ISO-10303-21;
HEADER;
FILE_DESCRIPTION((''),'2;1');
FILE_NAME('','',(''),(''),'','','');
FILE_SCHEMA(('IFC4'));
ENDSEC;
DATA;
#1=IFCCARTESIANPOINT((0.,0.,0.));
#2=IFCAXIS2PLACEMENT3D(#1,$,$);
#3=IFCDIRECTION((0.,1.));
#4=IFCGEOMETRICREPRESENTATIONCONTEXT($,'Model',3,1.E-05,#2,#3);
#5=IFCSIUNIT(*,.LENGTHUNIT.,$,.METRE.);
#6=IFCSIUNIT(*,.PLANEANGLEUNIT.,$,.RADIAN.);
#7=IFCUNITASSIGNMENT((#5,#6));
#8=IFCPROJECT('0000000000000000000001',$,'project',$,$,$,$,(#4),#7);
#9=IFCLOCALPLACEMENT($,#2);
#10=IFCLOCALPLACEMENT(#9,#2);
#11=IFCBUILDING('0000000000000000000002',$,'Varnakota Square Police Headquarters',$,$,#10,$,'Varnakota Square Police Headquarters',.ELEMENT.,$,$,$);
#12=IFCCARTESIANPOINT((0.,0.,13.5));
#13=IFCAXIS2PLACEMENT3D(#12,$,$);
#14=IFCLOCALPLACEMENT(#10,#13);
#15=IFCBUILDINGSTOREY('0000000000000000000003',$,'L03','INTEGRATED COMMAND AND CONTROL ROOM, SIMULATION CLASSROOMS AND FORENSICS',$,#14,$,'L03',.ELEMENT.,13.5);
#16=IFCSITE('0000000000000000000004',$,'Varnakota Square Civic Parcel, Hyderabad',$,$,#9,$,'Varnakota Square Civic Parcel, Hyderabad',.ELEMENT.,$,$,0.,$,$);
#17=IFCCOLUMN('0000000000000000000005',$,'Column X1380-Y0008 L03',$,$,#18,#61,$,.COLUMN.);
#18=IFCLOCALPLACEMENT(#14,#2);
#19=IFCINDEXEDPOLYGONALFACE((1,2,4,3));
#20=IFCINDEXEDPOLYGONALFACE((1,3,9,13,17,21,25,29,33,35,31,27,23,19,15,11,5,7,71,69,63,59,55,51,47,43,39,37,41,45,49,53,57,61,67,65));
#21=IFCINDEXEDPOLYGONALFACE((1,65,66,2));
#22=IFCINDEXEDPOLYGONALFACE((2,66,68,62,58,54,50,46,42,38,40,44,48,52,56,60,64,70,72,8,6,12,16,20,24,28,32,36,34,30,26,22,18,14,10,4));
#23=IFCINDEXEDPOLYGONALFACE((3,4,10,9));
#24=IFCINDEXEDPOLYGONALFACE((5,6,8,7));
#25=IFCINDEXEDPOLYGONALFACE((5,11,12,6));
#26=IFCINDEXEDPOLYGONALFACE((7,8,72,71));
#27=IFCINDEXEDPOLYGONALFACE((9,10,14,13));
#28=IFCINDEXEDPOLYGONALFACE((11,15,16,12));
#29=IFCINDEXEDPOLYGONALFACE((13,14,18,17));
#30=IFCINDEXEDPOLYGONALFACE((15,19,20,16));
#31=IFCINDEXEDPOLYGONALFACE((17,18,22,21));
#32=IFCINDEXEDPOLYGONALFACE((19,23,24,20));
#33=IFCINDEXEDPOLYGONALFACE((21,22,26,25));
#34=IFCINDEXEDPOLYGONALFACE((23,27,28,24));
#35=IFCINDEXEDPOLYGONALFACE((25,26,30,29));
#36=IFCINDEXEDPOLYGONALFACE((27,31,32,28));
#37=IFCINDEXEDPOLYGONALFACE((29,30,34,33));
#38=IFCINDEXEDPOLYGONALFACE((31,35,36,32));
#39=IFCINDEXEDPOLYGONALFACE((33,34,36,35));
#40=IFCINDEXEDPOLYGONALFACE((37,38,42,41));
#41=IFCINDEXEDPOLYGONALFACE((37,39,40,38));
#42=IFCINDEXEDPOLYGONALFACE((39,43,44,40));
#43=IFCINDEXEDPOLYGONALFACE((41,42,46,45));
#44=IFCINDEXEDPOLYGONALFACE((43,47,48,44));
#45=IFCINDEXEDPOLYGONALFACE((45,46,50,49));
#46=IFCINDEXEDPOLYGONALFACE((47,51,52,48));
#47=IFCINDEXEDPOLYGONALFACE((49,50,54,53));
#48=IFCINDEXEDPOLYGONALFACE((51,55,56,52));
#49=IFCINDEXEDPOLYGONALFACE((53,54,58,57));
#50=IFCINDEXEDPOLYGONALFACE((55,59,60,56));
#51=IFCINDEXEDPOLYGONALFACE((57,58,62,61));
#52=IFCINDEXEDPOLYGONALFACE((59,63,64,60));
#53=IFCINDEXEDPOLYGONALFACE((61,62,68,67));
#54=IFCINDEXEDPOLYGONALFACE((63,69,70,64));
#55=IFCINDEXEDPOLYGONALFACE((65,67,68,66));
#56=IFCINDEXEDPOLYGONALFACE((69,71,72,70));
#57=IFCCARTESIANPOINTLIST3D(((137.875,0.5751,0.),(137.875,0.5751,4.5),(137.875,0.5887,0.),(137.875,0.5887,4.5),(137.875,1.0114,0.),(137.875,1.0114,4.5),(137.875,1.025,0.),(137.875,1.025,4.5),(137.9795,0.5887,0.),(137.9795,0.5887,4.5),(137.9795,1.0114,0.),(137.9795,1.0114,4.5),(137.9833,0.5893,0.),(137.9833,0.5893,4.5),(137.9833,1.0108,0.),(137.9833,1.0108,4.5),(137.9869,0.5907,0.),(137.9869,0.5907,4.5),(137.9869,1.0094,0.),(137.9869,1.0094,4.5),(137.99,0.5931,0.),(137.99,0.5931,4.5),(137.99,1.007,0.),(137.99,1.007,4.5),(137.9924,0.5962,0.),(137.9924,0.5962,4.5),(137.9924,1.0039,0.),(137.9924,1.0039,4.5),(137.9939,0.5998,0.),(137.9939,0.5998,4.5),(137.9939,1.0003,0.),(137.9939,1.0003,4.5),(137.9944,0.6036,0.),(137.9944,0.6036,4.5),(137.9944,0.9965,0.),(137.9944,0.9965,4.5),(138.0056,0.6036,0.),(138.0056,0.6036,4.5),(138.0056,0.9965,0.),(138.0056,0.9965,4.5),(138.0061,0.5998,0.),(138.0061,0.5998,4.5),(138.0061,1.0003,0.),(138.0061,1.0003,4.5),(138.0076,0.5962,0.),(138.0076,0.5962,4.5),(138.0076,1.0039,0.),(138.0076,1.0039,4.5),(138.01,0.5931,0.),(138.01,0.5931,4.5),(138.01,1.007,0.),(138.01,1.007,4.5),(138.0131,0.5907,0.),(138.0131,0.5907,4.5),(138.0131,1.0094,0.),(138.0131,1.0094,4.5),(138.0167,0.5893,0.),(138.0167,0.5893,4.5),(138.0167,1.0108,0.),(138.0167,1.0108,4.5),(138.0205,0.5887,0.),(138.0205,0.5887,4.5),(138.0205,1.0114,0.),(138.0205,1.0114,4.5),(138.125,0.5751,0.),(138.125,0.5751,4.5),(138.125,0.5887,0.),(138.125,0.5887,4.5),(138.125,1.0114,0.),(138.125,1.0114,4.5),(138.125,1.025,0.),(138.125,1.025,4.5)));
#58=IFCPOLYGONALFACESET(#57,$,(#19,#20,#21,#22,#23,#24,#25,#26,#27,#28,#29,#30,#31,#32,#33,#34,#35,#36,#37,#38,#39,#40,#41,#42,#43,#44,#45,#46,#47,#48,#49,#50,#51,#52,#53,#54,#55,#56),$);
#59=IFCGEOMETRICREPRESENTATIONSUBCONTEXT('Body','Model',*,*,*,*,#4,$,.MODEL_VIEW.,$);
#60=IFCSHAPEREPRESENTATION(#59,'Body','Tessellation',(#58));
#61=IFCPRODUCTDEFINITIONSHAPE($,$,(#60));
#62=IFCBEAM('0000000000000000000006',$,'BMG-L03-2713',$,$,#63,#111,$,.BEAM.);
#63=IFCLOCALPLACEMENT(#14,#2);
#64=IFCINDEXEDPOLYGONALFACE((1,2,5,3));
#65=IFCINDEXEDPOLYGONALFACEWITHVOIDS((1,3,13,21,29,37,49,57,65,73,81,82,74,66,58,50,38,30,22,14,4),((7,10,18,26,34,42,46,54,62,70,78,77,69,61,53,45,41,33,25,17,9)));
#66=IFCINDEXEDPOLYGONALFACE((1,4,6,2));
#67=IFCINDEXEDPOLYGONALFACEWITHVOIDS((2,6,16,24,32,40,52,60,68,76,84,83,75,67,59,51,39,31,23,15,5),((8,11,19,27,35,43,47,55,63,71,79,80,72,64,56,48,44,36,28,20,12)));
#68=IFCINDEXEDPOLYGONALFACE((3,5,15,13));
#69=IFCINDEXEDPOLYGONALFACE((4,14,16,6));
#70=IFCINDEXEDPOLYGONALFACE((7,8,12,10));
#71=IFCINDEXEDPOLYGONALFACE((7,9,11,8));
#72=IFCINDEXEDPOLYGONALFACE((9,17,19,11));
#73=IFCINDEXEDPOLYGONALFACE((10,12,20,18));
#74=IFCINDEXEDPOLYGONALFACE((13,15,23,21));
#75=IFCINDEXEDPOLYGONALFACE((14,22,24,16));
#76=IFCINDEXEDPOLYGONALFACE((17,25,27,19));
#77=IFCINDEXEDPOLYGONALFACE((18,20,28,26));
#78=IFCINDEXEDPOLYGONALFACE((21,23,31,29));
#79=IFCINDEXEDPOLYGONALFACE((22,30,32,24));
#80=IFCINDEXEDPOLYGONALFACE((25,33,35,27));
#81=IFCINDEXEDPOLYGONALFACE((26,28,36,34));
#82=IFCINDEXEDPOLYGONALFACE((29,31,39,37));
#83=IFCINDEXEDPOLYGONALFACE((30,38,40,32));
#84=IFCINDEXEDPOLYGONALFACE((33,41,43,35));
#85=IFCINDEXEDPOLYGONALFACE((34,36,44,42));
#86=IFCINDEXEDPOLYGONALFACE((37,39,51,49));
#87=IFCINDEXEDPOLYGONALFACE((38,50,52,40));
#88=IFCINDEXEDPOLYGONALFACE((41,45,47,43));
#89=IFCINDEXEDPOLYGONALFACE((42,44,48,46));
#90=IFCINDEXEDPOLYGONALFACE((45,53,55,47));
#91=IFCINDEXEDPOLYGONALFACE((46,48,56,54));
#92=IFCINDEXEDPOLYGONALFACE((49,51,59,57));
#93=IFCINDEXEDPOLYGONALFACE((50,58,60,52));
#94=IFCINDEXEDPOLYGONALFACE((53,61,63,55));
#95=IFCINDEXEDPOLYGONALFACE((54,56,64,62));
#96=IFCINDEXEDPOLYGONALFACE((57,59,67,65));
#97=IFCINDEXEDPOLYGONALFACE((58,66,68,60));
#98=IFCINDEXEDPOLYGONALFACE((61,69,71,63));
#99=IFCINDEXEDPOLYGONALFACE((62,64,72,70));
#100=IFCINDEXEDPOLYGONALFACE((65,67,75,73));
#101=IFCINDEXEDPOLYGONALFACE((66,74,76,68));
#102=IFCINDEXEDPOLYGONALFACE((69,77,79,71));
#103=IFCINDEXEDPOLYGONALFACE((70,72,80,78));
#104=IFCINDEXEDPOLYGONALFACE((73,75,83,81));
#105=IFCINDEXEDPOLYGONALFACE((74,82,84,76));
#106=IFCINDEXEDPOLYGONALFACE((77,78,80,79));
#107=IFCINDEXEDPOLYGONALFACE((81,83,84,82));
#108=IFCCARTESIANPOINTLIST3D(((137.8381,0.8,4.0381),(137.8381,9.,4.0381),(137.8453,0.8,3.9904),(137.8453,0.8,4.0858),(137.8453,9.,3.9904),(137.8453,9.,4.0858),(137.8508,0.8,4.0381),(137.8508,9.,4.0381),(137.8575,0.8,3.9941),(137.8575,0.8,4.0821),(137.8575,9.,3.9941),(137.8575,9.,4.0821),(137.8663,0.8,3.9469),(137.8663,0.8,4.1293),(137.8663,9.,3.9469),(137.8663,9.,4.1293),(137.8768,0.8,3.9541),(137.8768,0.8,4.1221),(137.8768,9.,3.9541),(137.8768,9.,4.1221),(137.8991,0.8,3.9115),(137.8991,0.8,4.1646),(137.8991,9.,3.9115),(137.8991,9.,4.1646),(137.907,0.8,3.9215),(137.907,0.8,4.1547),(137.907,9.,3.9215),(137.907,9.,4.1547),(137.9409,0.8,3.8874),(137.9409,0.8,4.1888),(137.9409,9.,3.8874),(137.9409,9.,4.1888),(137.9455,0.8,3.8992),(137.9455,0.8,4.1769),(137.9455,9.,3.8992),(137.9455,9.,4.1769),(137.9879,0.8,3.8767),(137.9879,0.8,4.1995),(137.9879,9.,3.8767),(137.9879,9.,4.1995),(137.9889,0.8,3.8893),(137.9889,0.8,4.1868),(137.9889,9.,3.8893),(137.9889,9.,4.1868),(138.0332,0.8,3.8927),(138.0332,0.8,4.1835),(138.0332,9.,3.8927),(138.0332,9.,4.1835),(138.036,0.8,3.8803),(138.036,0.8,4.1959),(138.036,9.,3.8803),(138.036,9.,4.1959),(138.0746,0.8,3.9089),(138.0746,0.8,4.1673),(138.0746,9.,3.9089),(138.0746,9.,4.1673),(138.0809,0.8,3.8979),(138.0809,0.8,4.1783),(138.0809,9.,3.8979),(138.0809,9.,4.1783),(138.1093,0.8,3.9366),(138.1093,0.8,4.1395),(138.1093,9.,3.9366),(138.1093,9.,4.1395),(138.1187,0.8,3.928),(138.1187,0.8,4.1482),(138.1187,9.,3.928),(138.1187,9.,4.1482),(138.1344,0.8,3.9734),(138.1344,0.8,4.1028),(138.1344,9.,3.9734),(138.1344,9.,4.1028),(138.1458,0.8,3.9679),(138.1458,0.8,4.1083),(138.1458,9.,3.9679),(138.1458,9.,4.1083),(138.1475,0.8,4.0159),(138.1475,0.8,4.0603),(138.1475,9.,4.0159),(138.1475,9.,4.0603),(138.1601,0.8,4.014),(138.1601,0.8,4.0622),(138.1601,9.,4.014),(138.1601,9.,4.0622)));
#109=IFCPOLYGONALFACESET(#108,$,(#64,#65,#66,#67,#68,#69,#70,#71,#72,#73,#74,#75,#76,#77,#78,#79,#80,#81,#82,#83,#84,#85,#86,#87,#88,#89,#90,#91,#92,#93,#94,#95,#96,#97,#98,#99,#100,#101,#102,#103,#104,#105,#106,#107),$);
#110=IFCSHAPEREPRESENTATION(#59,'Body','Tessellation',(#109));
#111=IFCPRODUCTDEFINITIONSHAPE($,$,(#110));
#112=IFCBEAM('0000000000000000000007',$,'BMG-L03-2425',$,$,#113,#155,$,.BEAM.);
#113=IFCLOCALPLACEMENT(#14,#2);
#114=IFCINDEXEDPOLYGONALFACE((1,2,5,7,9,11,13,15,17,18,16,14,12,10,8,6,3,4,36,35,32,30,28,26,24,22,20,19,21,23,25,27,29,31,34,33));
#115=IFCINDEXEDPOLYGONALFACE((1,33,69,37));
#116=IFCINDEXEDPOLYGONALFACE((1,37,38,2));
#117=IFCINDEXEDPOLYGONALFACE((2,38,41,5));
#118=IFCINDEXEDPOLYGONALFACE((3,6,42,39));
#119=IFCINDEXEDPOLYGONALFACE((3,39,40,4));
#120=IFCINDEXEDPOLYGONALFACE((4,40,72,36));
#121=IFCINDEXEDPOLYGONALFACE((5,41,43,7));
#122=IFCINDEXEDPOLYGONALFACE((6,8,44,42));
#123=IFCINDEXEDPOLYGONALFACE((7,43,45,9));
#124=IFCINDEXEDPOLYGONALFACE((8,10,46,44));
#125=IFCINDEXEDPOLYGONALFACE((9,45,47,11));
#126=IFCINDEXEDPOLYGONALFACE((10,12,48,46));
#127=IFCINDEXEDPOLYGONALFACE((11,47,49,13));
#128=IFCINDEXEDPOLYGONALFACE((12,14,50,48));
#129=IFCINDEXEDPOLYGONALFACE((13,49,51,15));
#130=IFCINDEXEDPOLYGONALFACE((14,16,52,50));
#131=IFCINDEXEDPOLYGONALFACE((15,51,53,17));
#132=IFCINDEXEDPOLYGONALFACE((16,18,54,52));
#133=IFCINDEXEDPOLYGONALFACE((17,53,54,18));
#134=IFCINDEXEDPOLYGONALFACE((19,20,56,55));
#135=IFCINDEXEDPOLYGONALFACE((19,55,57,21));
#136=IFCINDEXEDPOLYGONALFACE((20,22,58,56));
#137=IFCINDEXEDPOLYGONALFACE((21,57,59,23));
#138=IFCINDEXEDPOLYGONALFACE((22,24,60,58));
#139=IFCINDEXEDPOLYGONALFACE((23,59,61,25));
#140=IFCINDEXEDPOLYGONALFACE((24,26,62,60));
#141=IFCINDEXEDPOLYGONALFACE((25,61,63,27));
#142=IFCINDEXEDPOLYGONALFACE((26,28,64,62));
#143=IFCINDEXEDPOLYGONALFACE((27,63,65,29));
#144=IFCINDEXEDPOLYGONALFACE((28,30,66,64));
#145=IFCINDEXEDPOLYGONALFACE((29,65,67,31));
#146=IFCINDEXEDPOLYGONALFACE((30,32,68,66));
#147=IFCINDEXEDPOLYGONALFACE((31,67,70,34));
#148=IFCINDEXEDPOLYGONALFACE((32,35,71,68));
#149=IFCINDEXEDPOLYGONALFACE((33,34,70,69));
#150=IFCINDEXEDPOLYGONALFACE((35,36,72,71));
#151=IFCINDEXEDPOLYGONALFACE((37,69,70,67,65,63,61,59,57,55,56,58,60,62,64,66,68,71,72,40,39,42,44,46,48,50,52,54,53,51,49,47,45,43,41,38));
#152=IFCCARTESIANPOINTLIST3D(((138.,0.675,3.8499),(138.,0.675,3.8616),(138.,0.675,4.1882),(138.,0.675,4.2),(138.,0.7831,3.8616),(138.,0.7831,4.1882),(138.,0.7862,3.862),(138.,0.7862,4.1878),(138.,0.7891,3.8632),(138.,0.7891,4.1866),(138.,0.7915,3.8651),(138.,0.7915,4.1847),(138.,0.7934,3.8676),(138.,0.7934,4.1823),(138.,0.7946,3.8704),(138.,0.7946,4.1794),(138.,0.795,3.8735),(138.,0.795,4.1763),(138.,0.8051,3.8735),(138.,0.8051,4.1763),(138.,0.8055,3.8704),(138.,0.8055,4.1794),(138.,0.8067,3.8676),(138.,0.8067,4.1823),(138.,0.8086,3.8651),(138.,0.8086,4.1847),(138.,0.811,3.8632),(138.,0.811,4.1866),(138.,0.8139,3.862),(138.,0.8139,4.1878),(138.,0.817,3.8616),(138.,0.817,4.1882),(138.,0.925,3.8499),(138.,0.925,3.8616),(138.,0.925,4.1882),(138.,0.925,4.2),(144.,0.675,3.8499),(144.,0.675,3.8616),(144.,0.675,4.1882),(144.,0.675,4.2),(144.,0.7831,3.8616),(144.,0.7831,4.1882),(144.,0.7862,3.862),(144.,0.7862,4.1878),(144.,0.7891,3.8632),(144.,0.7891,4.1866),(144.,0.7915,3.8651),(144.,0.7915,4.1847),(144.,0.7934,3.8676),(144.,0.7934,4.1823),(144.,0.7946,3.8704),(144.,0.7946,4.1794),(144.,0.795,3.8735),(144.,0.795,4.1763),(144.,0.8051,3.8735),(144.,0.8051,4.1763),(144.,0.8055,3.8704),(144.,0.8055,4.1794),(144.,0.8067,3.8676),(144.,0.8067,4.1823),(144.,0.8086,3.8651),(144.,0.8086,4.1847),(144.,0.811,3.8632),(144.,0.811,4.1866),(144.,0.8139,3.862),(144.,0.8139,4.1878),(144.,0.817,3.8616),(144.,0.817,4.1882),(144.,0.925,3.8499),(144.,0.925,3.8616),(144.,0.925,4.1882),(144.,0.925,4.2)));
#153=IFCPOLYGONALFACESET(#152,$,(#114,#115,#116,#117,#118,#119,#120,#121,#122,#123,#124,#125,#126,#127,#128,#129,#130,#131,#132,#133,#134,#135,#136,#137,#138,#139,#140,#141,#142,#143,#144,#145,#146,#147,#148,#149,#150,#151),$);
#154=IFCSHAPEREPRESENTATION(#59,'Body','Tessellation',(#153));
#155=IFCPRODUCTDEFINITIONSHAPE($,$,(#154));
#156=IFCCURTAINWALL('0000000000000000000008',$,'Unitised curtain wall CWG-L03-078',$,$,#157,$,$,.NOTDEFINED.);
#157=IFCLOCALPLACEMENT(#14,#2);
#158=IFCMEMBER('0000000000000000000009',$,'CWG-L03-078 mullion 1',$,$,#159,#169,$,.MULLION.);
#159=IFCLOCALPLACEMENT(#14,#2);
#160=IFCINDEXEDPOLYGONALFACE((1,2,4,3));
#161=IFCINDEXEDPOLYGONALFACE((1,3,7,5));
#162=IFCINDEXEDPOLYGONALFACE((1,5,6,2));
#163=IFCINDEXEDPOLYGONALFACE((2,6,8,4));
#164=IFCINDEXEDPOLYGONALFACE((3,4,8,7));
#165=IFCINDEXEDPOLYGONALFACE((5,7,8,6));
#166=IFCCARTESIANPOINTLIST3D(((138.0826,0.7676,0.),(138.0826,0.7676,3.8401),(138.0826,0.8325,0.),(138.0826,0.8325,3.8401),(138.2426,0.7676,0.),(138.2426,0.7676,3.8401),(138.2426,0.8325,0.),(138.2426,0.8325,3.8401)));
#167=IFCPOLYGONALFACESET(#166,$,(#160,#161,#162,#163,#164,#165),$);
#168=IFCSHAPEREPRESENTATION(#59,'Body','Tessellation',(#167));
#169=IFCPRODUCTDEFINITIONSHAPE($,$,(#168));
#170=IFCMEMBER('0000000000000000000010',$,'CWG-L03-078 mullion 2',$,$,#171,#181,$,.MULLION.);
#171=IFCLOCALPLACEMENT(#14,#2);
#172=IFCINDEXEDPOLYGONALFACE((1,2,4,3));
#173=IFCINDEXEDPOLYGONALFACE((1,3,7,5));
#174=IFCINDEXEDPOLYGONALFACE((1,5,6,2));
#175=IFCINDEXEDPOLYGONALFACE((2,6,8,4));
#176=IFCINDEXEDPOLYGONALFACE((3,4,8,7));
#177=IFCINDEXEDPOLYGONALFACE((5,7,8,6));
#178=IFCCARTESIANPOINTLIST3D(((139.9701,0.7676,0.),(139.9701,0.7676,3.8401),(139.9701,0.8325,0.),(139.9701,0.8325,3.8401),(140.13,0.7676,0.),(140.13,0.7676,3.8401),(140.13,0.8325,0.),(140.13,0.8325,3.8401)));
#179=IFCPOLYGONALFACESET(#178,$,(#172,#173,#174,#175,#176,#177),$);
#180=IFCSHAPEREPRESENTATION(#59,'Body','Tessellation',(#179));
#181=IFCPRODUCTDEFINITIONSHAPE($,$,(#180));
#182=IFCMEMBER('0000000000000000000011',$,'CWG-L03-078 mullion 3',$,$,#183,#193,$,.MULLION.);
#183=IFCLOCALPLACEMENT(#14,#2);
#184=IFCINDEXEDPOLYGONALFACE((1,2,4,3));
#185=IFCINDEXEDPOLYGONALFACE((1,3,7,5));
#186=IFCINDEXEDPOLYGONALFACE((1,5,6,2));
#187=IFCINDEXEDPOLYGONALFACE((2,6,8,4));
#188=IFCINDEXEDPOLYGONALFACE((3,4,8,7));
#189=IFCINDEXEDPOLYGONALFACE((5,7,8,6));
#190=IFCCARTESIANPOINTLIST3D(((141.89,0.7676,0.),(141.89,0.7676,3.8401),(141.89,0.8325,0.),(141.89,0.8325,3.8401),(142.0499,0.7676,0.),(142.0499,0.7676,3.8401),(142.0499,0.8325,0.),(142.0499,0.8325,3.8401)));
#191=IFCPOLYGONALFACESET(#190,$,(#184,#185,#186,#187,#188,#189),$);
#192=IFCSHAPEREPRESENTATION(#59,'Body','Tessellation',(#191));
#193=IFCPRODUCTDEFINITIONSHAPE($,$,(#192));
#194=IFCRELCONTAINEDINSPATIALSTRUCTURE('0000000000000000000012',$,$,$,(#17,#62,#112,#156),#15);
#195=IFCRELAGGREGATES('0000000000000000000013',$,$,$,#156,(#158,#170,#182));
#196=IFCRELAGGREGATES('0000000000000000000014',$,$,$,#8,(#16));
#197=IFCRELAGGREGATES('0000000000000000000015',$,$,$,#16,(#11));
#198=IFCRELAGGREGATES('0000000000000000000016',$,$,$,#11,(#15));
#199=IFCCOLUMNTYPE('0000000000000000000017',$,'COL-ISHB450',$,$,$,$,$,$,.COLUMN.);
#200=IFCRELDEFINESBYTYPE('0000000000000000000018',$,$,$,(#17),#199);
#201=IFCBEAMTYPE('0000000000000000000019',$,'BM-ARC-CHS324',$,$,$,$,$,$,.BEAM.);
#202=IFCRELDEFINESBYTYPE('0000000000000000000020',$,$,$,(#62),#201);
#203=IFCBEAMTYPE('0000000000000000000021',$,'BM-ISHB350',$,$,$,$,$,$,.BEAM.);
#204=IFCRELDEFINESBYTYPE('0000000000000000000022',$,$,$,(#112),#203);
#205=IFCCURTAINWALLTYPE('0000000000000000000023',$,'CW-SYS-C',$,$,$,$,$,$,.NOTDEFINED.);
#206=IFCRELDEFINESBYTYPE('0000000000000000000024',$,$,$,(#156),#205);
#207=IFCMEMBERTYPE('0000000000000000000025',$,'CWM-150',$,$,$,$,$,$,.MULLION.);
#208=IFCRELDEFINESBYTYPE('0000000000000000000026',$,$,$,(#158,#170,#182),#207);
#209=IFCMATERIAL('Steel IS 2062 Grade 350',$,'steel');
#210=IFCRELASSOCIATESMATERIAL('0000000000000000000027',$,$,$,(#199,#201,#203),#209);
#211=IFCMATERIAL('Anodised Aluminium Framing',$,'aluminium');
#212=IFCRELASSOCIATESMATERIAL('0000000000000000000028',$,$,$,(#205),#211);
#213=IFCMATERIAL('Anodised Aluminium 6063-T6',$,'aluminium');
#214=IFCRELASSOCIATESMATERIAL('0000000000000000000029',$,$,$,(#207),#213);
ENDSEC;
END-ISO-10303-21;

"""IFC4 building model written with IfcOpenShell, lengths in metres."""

from ifc_helpers import new_model, si_unit, direction, frame, origin, origin_2d, place, context, subcontext, project, spatial, rectangle, hollow_circle, i_section, extrude, material, material_profile, profile_set, type_object, element, aggregate, save


model = new_model("IFC4")

# Units and contexts
model_context = context("Model", 3, precision=1e-05, world=origin(), true_north=direction((0.0, 1.0)))
body_context = subcontext(model_context, "Body", "Model", "MODEL_VIEW")
ifc_project = project(units=[si_unit("LENGTHUNIT", "METRE"), si_unit("PLANEANGLEUNIT", "RADIAN")], contexts=[model_context])

# Site, building, storey
site_placement = place(None, origin())
site = spatial("IfcSite", under=ifc_project, at=site_placement, Name="Varnakota Square Civic Parcel, Hyderabad", LongName="Varnakota Square Civic Parcel, Hyderabad", CompositionType="ELEMENT", RefElevation=0.0)
building_placement = place(site_placement, origin())
building = spatial("IfcBuilding", under=site, at=building_placement, Name="Varnakota Square Police Headquarters", LongName="Varnakota Square Police Headquarters", CompositionType="ELEMENT")
storey_placement = place(building_placement, frame((0.0, 0.0, 13.5)))
storey = spatial("IfcBuildingStorey", under=building, at=storey_placement, Name="L03", Description="INTEGRATED COMMAND AND CONTROL ROOM, SIMULATION CLASSROOMS AND FORENSICS", LongName="L03", CompositionType="ELEMENT", Elevation=13.5)

# Column
ifc_material_1 = material(Name="Steel IS 2062 Grade 350", Category="steel")
ifc_material_profile_1 = material_profile(ifc_material_1, i_section(OverallWidth=0.25, OverallDepth=0.45, WebThickness=0.0112, FlangeThickness=0.0137, FilletRadius=0.0149, at=origin_2d()), Name="ISHB 450")
ifc_profile_set_1 = profile_set([ifc_material_profile_1], Name="Steel IS 2062 Grade 350")
column_type = type_object("IfcColumnType", Name="COL-ISHB450", PredefinedType="COLUMN", material=ifc_profile_set_1)
column_placement = place(storey_placement, frame((138.0, 0.8, 0.0), z_axis=(0.0, 0.0, 1.0), x_axis=(1.0, 0.0, 0.0)))
element("IfcColumn", 1, at=column_placement, inside=storey, type_object=column_type, Name="Column X1380-Y0008 L03", PredefinedType="COLUMN", context=body_context, shape_type="SweptSolid", body=[
    extrude(i_section(OverallWidth=0.25, OverallDepth=0.45, WebThickness=0.0112, FlangeThickness=0.0137, FilletRadius=0.0149, at=origin_2d()), origin(), (0.0, 0.0, 1.0), 4.5),
])

# Beams
ifc_material_profile_2 = material_profile(ifc_material_1, hollow_circle(Radius=0.1619, WallThickness=0.0127, at=origin_2d()), Name="CHS 323.9x12.7")
ifc_profile_set_2 = profile_set([ifc_material_profile_2], Name="Steel IS 2062 Grade 350")
beam_type_1 = type_object("IfcBeamType", Name="BM-ARC-CHS324", PredefinedType="BEAM", material=ifc_profile_set_2)
beam_1_placement = place(storey_placement, frame((138.0, 0.8, 4.0381), z_axis=(0.0, 1.0, 0.0), x_axis=(-1.0, 0.0, 0.0)))
element("IfcBeam", 2, at=beam_1_placement, inside=storey, type_object=beam_type_1, Name="BMG-L03-2713", PredefinedType="BEAM", context=body_context, shape_type="SweptSolid", body=[
    extrude(hollow_circle(Radius=0.1619, WallThickness=0.0127, at=origin_2d()), origin(), (0.0, 0.0, 1.0), 8.2),
])
ifc_material_profile_3 = material_profile(ifc_material_1, i_section(OverallWidth=0.25, OverallDepth=0.3501, WebThickness=0.01, FlangeThickness=0.0117, FilletRadius=0.012, at=origin_2d()), Name="ISHB 350")
ifc_profile_set_3 = profile_set([ifc_material_profile_3], Name="Steel IS 2062 Grade 350")
beam_type_2 = type_object("IfcBeamType", Name="BM-ISHB350", PredefinedType="BEAM", material=ifc_profile_set_3)
beam_2_placement = place(storey_placement, frame((138.0, 0.8, 4.0249), z_axis=(1.0, 0.0, 0.0), x_axis=(0.0, 1.0, 0.0)))
element("IfcBeam", 3, at=beam_2_placement, inside=storey, type_object=beam_type_2, Name="BMG-L03-2425", PredefinedType="BEAM", context=body_context, shape_type="SweptSolid", body=[
    extrude(i_section(OverallWidth=0.25, OverallDepth=0.3501, WebThickness=0.01, FlangeThickness=0.0117, FilletRadius=0.012, at=origin_2d()), origin(), (0.0, 0.0, 1.0), 6.0),
])

# Curtain wall, members
ifc_material_2 = material(Name="Anodised Aluminium Framing", Category="aluminium")
curtain_wall_type = type_object("IfcCurtainWallType", Name="CW-SYS-C", PredefinedType="NOTDEFINED", material=ifc_material_2)
curtain_wall_placement = place(storey_placement, origin())
curtain_wall = element("IfcCurtainWall", 4, at=curtain_wall_placement, inside=storey, type_object=curtain_wall_type, Name="Unitised curtain wall CWG-L03-078", PredefinedType="NOTDEFINED")
ifc_material_3 = material(Name="Anodised Aluminium 6063-T6", Category="aluminium")
ifc_material_profile_4 = material_profile(ifc_material_3, rectangle(XDim=0.0649, YDim=0.1599, at=origin_2d()), Name="ALU MULLION 65x160")
ifc_profile_set_4 = profile_set([ifc_material_profile_4], Name="Anodised Aluminium 6063-T6")
member_type_1 = type_object("IfcMemberType", Name="CWM-150", PredefinedType="MULLION", material=ifc_profile_set_4)
member_1_placement = place(storey_placement, frame((138.1626, 0.8, 0.0), z_axis=(0.0, 0.0, 1.0), x_axis=(0.0, 1.0, 0.0)))
member_1 = element("IfcMember", 5, at=member_1_placement, type_object=member_type_1, Name="CWG-L03-078 mullion 1", PredefinedType="MULLION", context=body_context, shape_type="SweptSolid", body=[
    extrude(rectangle(XDim=0.0649, YDim=0.1599, at=origin_2d()), origin(), (0.0, 0.0, 1.0), 3.8401),
])
member_2_placement = place(storey_placement, frame((140.05, 0.8, 0.0), z_axis=(0.0, 0.0, 1.0), x_axis=(0.0, 1.0, 0.0)))
member_2 = element("IfcMember", 6, at=member_2_placement, type_object=member_type_1, Name="CWG-L03-078 mullion 2", PredefinedType="MULLION", context=body_context, shape_type="SweptSolid", body=[
    extrude(rectangle(XDim=0.0649, YDim=0.1599, at=origin_2d()), origin(), (0.0, 0.0, 1.0), 3.8401),
])
member_3_placement = place(storey_placement, frame((141.97, 0.8, 0.0), z_axis=(0.0, 0.0, 1.0), x_axis=(0.0, 1.0, 0.0)))
member_3 = element("IfcMember", 7, at=member_3_placement, type_object=member_type_1, Name="CWG-L03-078 mullion 3", PredefinedType="MULLION", context=body_context, shape_type="SweptSolid", body=[
    extrude(rectangle(XDim=0.0649, YDim=0.1599, at=origin_2d()), origin(), (0.0, 0.0, 1.0), 3.8401),
])
aggregate(curtain_wall, [member_1, member_2, member_3])

save(model, "model.ifc")
